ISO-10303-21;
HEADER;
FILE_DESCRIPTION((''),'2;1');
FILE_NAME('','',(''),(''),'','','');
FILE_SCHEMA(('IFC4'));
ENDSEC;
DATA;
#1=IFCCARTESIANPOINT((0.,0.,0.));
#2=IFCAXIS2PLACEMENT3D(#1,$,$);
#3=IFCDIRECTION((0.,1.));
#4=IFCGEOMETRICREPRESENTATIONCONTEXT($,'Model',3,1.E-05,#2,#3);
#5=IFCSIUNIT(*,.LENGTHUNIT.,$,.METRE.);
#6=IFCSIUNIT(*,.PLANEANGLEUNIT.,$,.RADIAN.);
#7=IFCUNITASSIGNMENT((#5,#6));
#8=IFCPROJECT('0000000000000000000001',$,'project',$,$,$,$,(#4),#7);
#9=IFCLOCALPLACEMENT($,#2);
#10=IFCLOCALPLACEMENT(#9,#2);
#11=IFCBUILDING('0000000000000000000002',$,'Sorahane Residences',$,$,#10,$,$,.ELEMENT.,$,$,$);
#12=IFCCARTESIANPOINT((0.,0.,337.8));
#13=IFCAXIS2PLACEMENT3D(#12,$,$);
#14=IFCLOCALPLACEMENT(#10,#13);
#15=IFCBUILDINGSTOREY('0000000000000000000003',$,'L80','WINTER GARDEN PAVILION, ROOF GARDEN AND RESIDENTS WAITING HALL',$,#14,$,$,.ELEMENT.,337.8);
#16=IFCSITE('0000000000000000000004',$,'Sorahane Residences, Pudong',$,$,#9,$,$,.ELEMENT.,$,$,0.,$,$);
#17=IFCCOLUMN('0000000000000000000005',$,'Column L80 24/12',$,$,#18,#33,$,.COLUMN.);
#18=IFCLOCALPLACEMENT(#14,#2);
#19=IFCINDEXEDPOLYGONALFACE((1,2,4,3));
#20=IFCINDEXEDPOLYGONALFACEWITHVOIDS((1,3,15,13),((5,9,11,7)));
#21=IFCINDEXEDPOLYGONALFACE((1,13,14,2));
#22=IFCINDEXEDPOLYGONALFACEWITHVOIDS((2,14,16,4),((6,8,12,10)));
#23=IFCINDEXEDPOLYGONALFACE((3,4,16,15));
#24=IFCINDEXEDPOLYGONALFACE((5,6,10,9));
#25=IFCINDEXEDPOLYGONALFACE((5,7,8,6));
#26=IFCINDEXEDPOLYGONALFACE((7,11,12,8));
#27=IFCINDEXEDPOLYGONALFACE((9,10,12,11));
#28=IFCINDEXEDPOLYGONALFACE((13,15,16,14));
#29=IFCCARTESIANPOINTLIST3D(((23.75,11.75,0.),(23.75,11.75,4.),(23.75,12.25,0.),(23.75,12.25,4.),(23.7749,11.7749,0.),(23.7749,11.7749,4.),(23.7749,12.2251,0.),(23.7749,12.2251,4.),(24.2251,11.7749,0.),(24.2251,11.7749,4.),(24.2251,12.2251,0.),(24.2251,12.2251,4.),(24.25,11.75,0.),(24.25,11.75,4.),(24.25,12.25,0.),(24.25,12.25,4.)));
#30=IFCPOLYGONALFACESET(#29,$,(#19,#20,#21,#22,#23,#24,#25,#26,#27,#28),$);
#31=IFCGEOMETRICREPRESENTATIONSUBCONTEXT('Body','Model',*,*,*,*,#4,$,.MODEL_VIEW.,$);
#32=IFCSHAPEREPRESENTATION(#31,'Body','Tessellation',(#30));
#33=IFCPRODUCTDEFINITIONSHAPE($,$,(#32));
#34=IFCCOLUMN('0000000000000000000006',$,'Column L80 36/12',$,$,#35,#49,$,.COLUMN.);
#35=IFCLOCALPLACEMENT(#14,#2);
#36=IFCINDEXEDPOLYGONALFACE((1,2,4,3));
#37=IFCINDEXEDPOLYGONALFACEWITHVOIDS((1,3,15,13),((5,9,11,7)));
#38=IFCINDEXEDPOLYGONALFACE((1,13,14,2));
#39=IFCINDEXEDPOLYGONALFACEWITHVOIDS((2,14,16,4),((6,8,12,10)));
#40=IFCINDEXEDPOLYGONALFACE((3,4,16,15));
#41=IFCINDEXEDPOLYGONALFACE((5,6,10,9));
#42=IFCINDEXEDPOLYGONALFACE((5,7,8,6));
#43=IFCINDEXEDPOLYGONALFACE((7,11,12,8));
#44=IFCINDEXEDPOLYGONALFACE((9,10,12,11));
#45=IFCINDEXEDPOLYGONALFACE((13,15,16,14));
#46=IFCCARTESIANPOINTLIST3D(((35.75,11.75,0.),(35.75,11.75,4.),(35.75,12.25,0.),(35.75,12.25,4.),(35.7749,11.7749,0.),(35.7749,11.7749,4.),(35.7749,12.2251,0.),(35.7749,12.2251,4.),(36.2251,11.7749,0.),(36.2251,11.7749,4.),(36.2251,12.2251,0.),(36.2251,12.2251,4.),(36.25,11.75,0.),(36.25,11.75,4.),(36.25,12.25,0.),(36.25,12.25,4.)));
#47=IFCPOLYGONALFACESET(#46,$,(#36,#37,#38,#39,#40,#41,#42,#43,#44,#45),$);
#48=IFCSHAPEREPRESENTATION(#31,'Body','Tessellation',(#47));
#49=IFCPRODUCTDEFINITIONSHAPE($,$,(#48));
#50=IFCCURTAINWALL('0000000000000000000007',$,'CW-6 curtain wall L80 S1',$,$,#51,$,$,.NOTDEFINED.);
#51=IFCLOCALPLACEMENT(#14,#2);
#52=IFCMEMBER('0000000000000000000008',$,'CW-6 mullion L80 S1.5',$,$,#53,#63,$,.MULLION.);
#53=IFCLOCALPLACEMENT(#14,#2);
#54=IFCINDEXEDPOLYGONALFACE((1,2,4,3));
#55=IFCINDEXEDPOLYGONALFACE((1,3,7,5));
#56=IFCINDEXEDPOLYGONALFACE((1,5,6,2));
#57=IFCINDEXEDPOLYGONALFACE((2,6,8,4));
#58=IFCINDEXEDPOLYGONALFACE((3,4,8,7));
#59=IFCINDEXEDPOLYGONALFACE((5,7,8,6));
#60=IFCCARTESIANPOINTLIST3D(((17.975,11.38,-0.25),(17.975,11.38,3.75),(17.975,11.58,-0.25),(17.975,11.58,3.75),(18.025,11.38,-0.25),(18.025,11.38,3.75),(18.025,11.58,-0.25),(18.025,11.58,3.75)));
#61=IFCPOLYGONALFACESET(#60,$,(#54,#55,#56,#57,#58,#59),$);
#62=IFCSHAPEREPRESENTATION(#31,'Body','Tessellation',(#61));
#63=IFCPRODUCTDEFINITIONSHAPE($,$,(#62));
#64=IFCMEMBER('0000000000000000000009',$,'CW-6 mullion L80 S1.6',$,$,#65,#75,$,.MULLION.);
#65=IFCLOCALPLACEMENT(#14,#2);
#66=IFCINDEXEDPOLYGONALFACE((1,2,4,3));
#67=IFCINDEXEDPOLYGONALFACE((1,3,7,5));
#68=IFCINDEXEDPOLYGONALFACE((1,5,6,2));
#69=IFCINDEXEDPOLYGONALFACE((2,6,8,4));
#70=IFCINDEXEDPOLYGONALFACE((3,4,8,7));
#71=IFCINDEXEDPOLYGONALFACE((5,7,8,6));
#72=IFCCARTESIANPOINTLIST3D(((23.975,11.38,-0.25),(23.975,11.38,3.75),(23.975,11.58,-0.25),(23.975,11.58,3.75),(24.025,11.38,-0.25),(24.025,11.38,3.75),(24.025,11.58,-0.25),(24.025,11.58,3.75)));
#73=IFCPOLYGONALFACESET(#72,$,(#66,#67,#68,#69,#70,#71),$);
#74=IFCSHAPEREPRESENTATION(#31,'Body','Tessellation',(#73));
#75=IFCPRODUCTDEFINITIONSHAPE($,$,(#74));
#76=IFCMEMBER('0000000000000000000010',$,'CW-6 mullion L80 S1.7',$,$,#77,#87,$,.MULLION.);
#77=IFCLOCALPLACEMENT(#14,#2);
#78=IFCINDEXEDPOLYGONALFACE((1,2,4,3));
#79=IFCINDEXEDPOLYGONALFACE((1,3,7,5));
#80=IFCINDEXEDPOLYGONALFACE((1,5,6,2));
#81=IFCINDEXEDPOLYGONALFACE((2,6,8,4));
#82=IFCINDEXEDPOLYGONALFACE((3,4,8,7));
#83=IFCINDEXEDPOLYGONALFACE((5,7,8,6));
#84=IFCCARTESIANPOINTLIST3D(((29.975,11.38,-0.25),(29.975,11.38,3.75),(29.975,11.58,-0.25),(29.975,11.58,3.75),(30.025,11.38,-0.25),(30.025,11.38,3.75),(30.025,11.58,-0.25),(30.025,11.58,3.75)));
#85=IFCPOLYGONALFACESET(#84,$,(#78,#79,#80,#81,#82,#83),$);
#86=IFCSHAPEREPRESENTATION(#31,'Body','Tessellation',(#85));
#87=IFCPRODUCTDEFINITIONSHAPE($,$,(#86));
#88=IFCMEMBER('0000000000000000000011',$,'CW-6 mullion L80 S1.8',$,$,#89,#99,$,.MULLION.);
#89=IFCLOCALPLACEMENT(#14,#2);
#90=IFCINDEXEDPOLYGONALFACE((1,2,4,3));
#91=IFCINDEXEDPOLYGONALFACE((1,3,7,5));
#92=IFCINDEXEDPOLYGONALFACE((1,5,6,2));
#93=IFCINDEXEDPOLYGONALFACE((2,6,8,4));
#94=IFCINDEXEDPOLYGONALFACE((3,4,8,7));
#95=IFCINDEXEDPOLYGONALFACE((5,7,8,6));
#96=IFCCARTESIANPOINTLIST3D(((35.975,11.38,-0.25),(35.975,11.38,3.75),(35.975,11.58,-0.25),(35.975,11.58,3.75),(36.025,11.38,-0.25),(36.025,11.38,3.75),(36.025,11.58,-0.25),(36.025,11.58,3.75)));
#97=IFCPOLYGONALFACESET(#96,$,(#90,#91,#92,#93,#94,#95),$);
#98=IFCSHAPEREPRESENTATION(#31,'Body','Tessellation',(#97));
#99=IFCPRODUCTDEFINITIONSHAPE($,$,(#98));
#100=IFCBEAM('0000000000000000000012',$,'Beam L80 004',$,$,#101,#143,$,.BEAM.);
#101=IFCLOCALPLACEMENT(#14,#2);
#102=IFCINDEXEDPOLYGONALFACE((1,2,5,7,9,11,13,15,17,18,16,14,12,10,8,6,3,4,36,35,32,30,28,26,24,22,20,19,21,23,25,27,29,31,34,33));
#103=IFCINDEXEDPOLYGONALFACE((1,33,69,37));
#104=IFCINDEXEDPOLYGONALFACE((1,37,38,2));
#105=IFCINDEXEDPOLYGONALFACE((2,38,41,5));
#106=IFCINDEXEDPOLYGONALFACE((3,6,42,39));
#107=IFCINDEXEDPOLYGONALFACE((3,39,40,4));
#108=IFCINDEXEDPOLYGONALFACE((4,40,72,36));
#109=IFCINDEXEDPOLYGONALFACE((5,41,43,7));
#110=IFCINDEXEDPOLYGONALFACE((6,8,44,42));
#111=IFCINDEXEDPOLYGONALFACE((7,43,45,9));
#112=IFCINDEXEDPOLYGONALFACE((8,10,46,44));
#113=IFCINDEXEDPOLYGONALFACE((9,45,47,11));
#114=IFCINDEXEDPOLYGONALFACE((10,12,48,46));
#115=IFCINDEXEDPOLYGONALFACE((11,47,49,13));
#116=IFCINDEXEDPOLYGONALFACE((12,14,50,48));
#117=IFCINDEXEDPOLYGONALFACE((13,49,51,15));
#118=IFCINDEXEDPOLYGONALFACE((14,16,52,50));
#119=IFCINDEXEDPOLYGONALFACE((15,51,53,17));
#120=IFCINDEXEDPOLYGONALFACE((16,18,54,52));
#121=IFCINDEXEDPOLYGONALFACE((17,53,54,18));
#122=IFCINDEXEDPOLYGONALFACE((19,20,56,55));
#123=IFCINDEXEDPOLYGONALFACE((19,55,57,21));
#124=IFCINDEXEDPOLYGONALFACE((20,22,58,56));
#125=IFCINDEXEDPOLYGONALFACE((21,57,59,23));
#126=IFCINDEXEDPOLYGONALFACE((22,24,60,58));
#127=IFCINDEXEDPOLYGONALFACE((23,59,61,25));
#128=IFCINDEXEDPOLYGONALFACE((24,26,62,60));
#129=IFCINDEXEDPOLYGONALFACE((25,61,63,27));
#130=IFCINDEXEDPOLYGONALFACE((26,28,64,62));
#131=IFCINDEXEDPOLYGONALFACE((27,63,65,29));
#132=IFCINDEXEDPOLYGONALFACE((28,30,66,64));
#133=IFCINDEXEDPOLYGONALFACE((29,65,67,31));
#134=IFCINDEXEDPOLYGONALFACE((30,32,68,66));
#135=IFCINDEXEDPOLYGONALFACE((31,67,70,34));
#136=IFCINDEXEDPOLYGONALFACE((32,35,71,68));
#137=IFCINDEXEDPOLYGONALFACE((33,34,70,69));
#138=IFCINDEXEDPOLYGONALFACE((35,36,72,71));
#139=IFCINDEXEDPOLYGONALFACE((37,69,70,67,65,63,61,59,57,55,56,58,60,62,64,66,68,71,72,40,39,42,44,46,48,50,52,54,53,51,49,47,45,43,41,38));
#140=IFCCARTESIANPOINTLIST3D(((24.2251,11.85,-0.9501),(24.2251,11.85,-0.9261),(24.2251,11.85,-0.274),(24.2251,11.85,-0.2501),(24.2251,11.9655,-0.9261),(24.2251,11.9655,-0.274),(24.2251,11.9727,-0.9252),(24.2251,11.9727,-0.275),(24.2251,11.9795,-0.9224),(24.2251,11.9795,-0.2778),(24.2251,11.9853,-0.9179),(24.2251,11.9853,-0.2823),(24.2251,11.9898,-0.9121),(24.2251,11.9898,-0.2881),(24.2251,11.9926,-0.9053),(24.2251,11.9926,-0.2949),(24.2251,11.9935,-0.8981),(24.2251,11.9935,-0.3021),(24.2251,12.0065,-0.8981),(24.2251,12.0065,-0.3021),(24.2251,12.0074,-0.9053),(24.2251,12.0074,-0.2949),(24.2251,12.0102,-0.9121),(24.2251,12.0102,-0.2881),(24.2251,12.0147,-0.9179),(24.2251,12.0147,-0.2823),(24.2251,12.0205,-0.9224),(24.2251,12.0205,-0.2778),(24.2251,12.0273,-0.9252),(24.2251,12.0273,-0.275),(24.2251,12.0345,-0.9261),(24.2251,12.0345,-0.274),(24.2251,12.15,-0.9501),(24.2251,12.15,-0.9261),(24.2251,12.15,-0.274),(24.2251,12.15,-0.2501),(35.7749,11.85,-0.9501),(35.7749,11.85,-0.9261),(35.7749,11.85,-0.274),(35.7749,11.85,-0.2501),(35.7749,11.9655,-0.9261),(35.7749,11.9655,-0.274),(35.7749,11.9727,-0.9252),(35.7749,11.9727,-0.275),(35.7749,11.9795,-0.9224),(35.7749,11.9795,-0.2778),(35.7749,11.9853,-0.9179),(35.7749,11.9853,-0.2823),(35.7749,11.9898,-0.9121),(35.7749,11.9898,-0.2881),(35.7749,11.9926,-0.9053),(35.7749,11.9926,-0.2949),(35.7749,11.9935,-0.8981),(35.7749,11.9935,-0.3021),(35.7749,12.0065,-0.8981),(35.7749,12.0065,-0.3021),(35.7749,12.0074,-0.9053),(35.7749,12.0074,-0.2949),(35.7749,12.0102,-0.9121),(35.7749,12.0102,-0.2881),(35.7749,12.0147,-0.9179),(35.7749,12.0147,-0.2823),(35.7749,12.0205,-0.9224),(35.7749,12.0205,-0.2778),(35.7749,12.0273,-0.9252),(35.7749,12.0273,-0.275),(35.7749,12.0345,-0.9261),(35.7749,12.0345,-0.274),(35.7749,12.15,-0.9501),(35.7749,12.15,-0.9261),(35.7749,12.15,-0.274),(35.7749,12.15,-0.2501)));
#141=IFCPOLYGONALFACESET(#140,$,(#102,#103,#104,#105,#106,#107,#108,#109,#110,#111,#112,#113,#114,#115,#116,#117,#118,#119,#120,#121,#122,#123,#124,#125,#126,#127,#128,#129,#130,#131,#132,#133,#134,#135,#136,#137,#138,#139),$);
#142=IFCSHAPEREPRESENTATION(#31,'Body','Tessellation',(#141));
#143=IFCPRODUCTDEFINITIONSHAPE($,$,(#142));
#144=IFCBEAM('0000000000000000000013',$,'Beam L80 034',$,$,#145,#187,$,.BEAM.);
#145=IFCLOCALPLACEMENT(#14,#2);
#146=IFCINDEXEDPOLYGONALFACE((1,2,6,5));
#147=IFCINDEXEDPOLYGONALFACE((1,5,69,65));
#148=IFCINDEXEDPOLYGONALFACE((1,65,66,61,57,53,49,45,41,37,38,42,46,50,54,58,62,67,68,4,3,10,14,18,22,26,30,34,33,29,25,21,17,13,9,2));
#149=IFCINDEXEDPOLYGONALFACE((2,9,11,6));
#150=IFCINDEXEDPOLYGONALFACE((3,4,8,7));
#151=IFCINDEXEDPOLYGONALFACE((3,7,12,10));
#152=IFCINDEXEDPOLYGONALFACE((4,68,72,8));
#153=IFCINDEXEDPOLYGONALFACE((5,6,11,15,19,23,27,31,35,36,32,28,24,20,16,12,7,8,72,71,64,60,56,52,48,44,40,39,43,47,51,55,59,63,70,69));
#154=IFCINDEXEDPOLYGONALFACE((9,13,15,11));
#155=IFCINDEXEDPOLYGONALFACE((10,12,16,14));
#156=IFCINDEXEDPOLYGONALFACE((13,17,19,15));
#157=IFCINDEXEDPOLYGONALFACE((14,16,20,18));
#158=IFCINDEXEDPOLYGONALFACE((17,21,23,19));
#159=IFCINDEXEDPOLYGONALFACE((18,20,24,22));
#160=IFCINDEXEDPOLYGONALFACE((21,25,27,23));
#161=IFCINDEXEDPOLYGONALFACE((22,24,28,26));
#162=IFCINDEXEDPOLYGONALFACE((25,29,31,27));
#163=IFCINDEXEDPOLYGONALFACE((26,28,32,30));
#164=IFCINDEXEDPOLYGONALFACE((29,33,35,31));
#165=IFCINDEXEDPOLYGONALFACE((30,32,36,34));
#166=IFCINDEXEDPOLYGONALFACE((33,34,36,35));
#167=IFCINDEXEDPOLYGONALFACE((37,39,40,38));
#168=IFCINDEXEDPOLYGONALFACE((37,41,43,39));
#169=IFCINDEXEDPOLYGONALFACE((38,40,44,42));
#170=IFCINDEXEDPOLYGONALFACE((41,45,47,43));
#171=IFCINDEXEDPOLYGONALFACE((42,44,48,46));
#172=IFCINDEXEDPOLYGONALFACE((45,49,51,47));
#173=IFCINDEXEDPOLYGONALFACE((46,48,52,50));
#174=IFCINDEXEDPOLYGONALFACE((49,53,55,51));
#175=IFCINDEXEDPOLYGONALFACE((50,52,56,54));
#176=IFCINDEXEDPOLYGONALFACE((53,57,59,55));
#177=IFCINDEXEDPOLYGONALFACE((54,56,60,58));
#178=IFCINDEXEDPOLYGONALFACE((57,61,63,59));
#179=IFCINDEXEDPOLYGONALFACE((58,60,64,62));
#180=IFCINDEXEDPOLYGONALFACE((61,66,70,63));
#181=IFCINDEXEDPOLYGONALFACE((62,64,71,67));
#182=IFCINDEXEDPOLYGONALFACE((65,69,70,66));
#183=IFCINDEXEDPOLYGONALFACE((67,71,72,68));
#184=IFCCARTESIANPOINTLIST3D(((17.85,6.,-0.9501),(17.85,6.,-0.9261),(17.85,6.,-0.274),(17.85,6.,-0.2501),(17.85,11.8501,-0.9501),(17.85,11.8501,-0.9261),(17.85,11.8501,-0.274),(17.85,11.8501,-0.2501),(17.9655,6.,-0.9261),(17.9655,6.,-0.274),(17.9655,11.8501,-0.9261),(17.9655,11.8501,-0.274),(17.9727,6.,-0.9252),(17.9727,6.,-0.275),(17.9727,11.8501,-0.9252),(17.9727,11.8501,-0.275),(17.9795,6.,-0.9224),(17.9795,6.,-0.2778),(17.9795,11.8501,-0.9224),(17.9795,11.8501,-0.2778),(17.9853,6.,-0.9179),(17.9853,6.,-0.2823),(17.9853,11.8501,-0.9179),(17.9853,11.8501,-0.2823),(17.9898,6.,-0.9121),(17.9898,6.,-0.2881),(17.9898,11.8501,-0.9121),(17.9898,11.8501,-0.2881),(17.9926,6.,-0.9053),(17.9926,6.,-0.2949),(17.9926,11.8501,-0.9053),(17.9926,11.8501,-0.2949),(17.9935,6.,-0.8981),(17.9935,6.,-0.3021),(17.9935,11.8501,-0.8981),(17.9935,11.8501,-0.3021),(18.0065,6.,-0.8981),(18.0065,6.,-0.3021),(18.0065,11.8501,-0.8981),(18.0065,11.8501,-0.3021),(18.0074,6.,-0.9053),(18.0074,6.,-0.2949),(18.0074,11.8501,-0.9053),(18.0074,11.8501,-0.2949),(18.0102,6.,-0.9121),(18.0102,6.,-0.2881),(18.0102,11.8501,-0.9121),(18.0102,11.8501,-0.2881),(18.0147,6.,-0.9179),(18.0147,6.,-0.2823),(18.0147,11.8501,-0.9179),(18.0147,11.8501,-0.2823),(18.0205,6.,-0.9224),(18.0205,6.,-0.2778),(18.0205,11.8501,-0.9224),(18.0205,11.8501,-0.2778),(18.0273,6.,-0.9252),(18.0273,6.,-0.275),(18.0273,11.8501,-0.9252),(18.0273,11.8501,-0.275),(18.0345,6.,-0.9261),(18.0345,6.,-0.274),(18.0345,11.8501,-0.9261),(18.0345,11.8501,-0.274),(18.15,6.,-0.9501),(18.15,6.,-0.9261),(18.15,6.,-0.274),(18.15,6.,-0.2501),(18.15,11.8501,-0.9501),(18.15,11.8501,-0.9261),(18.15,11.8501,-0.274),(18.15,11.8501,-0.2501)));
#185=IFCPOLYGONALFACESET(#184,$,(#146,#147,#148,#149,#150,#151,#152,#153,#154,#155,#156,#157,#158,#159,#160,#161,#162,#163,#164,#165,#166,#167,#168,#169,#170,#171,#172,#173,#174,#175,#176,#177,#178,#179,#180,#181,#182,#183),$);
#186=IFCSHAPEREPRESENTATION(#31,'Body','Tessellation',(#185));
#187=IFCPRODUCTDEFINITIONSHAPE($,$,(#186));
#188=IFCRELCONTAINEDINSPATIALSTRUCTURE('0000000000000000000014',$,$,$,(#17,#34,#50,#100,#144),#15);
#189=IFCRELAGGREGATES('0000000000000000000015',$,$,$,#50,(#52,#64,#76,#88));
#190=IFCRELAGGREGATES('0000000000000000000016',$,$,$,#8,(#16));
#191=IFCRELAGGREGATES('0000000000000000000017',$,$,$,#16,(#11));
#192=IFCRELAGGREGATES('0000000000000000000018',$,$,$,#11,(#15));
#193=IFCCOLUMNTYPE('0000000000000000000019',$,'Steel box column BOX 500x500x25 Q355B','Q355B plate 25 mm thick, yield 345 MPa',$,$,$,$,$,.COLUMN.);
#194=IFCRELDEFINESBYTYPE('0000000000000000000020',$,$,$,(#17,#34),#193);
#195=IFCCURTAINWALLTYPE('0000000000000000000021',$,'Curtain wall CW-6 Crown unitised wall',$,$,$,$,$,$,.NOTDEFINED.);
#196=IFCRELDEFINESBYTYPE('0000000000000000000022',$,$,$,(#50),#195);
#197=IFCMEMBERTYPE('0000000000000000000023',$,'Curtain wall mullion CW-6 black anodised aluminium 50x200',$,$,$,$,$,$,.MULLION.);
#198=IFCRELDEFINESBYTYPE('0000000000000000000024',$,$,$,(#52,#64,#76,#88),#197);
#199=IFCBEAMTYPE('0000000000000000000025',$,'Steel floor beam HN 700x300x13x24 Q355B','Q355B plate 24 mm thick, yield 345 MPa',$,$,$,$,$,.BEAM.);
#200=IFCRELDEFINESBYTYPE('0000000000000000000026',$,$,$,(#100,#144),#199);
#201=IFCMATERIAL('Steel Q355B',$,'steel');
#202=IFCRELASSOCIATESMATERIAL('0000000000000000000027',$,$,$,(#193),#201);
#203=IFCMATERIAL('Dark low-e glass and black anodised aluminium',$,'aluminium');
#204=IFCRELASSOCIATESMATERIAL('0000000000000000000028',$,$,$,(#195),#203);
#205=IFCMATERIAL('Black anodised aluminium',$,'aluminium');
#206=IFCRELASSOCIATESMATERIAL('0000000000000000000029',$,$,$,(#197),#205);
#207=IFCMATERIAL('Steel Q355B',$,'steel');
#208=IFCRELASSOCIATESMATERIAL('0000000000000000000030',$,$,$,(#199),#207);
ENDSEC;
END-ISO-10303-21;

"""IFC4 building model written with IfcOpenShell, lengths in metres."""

from ifc_helpers import new_model, si_unit, direction, frame, origin, origin_2d, place, context, subcontext, project, spatial, rectangle, hollow_rectangle, i_section, extrude, material, material_profile, profile_set, type_object, element, aggregate, save


model = new_model("IFC4")

# Units and contexts
model_context = context("Model", 3, precision=1e-05, world=origin(), true_north=direction((0.0, 1.0)))
body_context = subcontext(model_context, "Body", "Model", "MODEL_VIEW")
ifc_project = project(units=[si_unit("LENGTHUNIT", "METRE"), si_unit("PLANEANGLEUNIT", "RADIAN")], contexts=[model_context])

# Site, building, storey
site_placement = place(None, origin())
site = spatial("IfcSite", under=ifc_project, at=site_placement, Name="Sorahane Residences, Pudong", CompositionType="ELEMENT", RefElevation=0.0)
building_placement = place(site_placement, origin())
building = spatial("IfcBuilding", under=site, at=building_placement, Name="Sorahane Residences", CompositionType="ELEMENT")
storey_placement = place(building_placement, frame((0.0, 0.0, 337.8)))
storey = spatial("IfcBuildingStorey", under=building, at=storey_placement, Name="L80", Description="WINTER GARDEN PAVILION, ROOF GARDEN AND RESIDENTS WAITING HALL", CompositionType="ELEMENT", Elevation=337.8)

# Columns
ifc_material_1 = material(Name="Steel Q355B", Category="steel")
ifc_material_profile_1 = material_profile(ifc_material_1, hollow_rectangle(XDim=0.5, YDim=0.5, WallThickness=0.0249, at=origin_2d()), Name="BOX 500x500x25")
ifc_profile_set_1 = profile_set([ifc_material_profile_1], Name="Steel Q355B")
column_type = type_object("IfcColumnType", Name="Steel box column BOX 500x500x25 Q355B", Description="Q355B plate 25 mm thick, yield 345 MPa", PredefinedType="COLUMN", material=ifc_profile_set_1)
for number, where, z_axis, x_axis, name in (
    (1, (24.0, 12.0, 0.0), (0.0, 0.0, 1.0), (1.0, 0.0, 0.0), "Column L80 24/12"),
    (2, (36.0, 12.0, 0.0), (0.0, 0.0, 1.0), (1.0, 0.0, 0.0), "Column L80 36/12"),
):
    element("IfcColumn", number, at=place(storey_placement, frame(where, z_axis=z_axis, x_axis=x_axis)), inside=storey, type_object=column_type, Name=name, PredefinedType="COLUMN", context=body_context, shape_type="SweptSolid", body=[
        extrude(hollow_rectangle(XDim=0.5, YDim=0.5, WallThickness=0.0249, at=origin_2d()), origin(), (0.0, 0.0, 1.0), 4.0),
    ])

# Curtain wall, members
ifc_material_2 = material(Name="Dark low-e glass and black anodised aluminium", Category="aluminium")
curtain_wall_type = type_object("IfcCurtainWallType", Name="Curtain wall CW-6 Crown unitised wall", PredefinedType="NOTDEFINED", material=ifc_material_2)
curtain_wall_placement = place(storey_placement, origin())
curtain_wall = element("IfcCurtainWall", 3, at=curtain_wall_placement, inside=storey, type_object=curtain_wall_type, Name="CW-6 curtain wall L80 S1", PredefinedType="NOTDEFINED")
ifc_material_3 = material(Name="Black anodised aluminium", Category="aluminium")
ifc_material_profile_2 = material_profile(ifc_material_3, rectangle(XDim=0.2, YDim=0.05, at=origin_2d()), Name="Curtain wall mullion CW-6 black anodised aluminium 50x200")
ifc_profile_set_2 = profile_set([ifc_material_profile_2], Name="Black anodised aluminium")
member_type = type_object("IfcMemberType", Name="Curtain wall mullion CW-6 black anodised aluminium 50x200", PredefinedType="MULLION", material=ifc_profile_set_2)
member_1_placement = place(storey_placement, frame((18.0, 11.48, -0.25), z_axis=(0.0, 0.0, 1.0), x_axis=(0.0, -1.0, 0.0)))
member_1 = element("IfcMember", 4, at=member_1_placement, type_object=member_type, Name="CW-6 mullion L80 S1.5", PredefinedType="MULLION", context=body_context, shape_type="SweptSolid", body=[
    extrude(rectangle(XDim=0.2, YDim=0.05, at=origin_2d()), origin(), (0.0, 0.0, 1.0), 4.0),
])
member_2_placement = place(storey_placement, frame((24.0, 11.48, -0.25), z_axis=(0.0, 0.0, 1.0), x_axis=(0.0, -1.0, 0.0)))
member_2 = element("IfcMember", 5, at=member_2_placement, type_object=member_type, Name="CW-6 mullion L80 S1.6", PredefinedType="MULLION", context=body_context, shape_type="SweptSolid", body=[
    extrude(rectangle(XDim=0.2, YDim=0.05, at=origin_2d()), origin(), (0.0, 0.0, 1.0), 4.0),
])
member_3_placement = place(storey_placement, frame((30.0, 11.48, -0.25), z_axis=(0.0, 0.0, 1.0), x_axis=(0.0, -1.0, 0.0)))
member_3 = element("IfcMember", 6, at=member_3_placement, type_object=member_type, Name="CW-6 mullion L80 S1.7", PredefinedType="MULLION", context=body_context, shape_type="SweptSolid", body=[
    extrude(rectangle(XDim=0.2, YDim=0.05, at=origin_2d()), origin(), (0.0, 0.0, 1.0), 4.0),
])
member_4_placement = place(storey_placement, frame((36.0, 11.48, -0.25), z_axis=(0.0, 0.0, 1.0), x_axis=(0.0, -1.0, 0.0)))
member_4 = element("IfcMember", 7, at=member_4_placement, type_object=member_type, Name="CW-6 mullion L80 S1.8", PredefinedType="MULLION", context=body_context, shape_type="SweptSolid", body=[
    extrude(rectangle(XDim=0.2, YDim=0.05, at=origin_2d()), origin(), (0.0, 0.0, 1.0), 4.0),
])

# Beams
ifc_material_4 = material(Name="Steel Q355B", Category="steel")
ifc_material_profile_3 = material_profile(ifc_material_4, i_section(OverallWidth=0.3, OverallDepth=0.7, WebThickness=0.0129, FlangeThickness=0.0239, FilletRadius=0.0281, at=origin_2d()), Name="HN 700x300x13x24")
ifc_profile_set_3 = profile_set([ifc_material_profile_3], Name="Steel Q355B")
beam_type = type_object("IfcBeamType", Name="Steel floor beam HN 700x300x13x24 Q355B", Description="Q355B plate 24 mm thick, yield 345 MPa", PredefinedType="BEAM", material=ifc_profile_set_3)
beam_1_placement = place(storey_placement, frame((24.2251, 12.0, -0.6001), z_axis=(1.0, 0.0, 0.0), x_axis=(0.0, 1.0, 0.0)))
element("IfcBeam", 8, at=beam_1_placement, inside=storey, type_object=beam_type, Name="Beam L80 004", PredefinedType="BEAM", context=body_context, shape_type="SweptSolid", body=[
    extrude(i_section(OverallWidth=0.3, OverallDepth=0.7, WebThickness=0.0129, FlangeThickness=0.0239, FilletRadius=0.0281, at=origin_2d()), origin(), (0.0, 0.0, 1.0), 11.5498),
])
beam_2_placement = place(storey_placement, frame((18.0, 6.0, -0.6001), z_axis=(0.0, 1.0, 0.0), x_axis=(-1.0, 0.0, 0.0)))
element("IfcBeam", 9, at=beam_2_placement, inside=storey, type_object=beam_type, Name="Beam L80 034", PredefinedType="BEAM", context=body_context, shape_type="SweptSolid", body=[
    extrude(i_section(OverallWidth=0.3, OverallDepth=0.7, WebThickness=0.0129, FlangeThickness=0.0239, FilletRadius=0.0281, at=origin_2d()), origin(), (0.0, 0.0, 1.0), 5.8501),
])

aggregate(curtain_wall, [member_1, member_2, member_3, member_4])

save(model, "model.ifc")
